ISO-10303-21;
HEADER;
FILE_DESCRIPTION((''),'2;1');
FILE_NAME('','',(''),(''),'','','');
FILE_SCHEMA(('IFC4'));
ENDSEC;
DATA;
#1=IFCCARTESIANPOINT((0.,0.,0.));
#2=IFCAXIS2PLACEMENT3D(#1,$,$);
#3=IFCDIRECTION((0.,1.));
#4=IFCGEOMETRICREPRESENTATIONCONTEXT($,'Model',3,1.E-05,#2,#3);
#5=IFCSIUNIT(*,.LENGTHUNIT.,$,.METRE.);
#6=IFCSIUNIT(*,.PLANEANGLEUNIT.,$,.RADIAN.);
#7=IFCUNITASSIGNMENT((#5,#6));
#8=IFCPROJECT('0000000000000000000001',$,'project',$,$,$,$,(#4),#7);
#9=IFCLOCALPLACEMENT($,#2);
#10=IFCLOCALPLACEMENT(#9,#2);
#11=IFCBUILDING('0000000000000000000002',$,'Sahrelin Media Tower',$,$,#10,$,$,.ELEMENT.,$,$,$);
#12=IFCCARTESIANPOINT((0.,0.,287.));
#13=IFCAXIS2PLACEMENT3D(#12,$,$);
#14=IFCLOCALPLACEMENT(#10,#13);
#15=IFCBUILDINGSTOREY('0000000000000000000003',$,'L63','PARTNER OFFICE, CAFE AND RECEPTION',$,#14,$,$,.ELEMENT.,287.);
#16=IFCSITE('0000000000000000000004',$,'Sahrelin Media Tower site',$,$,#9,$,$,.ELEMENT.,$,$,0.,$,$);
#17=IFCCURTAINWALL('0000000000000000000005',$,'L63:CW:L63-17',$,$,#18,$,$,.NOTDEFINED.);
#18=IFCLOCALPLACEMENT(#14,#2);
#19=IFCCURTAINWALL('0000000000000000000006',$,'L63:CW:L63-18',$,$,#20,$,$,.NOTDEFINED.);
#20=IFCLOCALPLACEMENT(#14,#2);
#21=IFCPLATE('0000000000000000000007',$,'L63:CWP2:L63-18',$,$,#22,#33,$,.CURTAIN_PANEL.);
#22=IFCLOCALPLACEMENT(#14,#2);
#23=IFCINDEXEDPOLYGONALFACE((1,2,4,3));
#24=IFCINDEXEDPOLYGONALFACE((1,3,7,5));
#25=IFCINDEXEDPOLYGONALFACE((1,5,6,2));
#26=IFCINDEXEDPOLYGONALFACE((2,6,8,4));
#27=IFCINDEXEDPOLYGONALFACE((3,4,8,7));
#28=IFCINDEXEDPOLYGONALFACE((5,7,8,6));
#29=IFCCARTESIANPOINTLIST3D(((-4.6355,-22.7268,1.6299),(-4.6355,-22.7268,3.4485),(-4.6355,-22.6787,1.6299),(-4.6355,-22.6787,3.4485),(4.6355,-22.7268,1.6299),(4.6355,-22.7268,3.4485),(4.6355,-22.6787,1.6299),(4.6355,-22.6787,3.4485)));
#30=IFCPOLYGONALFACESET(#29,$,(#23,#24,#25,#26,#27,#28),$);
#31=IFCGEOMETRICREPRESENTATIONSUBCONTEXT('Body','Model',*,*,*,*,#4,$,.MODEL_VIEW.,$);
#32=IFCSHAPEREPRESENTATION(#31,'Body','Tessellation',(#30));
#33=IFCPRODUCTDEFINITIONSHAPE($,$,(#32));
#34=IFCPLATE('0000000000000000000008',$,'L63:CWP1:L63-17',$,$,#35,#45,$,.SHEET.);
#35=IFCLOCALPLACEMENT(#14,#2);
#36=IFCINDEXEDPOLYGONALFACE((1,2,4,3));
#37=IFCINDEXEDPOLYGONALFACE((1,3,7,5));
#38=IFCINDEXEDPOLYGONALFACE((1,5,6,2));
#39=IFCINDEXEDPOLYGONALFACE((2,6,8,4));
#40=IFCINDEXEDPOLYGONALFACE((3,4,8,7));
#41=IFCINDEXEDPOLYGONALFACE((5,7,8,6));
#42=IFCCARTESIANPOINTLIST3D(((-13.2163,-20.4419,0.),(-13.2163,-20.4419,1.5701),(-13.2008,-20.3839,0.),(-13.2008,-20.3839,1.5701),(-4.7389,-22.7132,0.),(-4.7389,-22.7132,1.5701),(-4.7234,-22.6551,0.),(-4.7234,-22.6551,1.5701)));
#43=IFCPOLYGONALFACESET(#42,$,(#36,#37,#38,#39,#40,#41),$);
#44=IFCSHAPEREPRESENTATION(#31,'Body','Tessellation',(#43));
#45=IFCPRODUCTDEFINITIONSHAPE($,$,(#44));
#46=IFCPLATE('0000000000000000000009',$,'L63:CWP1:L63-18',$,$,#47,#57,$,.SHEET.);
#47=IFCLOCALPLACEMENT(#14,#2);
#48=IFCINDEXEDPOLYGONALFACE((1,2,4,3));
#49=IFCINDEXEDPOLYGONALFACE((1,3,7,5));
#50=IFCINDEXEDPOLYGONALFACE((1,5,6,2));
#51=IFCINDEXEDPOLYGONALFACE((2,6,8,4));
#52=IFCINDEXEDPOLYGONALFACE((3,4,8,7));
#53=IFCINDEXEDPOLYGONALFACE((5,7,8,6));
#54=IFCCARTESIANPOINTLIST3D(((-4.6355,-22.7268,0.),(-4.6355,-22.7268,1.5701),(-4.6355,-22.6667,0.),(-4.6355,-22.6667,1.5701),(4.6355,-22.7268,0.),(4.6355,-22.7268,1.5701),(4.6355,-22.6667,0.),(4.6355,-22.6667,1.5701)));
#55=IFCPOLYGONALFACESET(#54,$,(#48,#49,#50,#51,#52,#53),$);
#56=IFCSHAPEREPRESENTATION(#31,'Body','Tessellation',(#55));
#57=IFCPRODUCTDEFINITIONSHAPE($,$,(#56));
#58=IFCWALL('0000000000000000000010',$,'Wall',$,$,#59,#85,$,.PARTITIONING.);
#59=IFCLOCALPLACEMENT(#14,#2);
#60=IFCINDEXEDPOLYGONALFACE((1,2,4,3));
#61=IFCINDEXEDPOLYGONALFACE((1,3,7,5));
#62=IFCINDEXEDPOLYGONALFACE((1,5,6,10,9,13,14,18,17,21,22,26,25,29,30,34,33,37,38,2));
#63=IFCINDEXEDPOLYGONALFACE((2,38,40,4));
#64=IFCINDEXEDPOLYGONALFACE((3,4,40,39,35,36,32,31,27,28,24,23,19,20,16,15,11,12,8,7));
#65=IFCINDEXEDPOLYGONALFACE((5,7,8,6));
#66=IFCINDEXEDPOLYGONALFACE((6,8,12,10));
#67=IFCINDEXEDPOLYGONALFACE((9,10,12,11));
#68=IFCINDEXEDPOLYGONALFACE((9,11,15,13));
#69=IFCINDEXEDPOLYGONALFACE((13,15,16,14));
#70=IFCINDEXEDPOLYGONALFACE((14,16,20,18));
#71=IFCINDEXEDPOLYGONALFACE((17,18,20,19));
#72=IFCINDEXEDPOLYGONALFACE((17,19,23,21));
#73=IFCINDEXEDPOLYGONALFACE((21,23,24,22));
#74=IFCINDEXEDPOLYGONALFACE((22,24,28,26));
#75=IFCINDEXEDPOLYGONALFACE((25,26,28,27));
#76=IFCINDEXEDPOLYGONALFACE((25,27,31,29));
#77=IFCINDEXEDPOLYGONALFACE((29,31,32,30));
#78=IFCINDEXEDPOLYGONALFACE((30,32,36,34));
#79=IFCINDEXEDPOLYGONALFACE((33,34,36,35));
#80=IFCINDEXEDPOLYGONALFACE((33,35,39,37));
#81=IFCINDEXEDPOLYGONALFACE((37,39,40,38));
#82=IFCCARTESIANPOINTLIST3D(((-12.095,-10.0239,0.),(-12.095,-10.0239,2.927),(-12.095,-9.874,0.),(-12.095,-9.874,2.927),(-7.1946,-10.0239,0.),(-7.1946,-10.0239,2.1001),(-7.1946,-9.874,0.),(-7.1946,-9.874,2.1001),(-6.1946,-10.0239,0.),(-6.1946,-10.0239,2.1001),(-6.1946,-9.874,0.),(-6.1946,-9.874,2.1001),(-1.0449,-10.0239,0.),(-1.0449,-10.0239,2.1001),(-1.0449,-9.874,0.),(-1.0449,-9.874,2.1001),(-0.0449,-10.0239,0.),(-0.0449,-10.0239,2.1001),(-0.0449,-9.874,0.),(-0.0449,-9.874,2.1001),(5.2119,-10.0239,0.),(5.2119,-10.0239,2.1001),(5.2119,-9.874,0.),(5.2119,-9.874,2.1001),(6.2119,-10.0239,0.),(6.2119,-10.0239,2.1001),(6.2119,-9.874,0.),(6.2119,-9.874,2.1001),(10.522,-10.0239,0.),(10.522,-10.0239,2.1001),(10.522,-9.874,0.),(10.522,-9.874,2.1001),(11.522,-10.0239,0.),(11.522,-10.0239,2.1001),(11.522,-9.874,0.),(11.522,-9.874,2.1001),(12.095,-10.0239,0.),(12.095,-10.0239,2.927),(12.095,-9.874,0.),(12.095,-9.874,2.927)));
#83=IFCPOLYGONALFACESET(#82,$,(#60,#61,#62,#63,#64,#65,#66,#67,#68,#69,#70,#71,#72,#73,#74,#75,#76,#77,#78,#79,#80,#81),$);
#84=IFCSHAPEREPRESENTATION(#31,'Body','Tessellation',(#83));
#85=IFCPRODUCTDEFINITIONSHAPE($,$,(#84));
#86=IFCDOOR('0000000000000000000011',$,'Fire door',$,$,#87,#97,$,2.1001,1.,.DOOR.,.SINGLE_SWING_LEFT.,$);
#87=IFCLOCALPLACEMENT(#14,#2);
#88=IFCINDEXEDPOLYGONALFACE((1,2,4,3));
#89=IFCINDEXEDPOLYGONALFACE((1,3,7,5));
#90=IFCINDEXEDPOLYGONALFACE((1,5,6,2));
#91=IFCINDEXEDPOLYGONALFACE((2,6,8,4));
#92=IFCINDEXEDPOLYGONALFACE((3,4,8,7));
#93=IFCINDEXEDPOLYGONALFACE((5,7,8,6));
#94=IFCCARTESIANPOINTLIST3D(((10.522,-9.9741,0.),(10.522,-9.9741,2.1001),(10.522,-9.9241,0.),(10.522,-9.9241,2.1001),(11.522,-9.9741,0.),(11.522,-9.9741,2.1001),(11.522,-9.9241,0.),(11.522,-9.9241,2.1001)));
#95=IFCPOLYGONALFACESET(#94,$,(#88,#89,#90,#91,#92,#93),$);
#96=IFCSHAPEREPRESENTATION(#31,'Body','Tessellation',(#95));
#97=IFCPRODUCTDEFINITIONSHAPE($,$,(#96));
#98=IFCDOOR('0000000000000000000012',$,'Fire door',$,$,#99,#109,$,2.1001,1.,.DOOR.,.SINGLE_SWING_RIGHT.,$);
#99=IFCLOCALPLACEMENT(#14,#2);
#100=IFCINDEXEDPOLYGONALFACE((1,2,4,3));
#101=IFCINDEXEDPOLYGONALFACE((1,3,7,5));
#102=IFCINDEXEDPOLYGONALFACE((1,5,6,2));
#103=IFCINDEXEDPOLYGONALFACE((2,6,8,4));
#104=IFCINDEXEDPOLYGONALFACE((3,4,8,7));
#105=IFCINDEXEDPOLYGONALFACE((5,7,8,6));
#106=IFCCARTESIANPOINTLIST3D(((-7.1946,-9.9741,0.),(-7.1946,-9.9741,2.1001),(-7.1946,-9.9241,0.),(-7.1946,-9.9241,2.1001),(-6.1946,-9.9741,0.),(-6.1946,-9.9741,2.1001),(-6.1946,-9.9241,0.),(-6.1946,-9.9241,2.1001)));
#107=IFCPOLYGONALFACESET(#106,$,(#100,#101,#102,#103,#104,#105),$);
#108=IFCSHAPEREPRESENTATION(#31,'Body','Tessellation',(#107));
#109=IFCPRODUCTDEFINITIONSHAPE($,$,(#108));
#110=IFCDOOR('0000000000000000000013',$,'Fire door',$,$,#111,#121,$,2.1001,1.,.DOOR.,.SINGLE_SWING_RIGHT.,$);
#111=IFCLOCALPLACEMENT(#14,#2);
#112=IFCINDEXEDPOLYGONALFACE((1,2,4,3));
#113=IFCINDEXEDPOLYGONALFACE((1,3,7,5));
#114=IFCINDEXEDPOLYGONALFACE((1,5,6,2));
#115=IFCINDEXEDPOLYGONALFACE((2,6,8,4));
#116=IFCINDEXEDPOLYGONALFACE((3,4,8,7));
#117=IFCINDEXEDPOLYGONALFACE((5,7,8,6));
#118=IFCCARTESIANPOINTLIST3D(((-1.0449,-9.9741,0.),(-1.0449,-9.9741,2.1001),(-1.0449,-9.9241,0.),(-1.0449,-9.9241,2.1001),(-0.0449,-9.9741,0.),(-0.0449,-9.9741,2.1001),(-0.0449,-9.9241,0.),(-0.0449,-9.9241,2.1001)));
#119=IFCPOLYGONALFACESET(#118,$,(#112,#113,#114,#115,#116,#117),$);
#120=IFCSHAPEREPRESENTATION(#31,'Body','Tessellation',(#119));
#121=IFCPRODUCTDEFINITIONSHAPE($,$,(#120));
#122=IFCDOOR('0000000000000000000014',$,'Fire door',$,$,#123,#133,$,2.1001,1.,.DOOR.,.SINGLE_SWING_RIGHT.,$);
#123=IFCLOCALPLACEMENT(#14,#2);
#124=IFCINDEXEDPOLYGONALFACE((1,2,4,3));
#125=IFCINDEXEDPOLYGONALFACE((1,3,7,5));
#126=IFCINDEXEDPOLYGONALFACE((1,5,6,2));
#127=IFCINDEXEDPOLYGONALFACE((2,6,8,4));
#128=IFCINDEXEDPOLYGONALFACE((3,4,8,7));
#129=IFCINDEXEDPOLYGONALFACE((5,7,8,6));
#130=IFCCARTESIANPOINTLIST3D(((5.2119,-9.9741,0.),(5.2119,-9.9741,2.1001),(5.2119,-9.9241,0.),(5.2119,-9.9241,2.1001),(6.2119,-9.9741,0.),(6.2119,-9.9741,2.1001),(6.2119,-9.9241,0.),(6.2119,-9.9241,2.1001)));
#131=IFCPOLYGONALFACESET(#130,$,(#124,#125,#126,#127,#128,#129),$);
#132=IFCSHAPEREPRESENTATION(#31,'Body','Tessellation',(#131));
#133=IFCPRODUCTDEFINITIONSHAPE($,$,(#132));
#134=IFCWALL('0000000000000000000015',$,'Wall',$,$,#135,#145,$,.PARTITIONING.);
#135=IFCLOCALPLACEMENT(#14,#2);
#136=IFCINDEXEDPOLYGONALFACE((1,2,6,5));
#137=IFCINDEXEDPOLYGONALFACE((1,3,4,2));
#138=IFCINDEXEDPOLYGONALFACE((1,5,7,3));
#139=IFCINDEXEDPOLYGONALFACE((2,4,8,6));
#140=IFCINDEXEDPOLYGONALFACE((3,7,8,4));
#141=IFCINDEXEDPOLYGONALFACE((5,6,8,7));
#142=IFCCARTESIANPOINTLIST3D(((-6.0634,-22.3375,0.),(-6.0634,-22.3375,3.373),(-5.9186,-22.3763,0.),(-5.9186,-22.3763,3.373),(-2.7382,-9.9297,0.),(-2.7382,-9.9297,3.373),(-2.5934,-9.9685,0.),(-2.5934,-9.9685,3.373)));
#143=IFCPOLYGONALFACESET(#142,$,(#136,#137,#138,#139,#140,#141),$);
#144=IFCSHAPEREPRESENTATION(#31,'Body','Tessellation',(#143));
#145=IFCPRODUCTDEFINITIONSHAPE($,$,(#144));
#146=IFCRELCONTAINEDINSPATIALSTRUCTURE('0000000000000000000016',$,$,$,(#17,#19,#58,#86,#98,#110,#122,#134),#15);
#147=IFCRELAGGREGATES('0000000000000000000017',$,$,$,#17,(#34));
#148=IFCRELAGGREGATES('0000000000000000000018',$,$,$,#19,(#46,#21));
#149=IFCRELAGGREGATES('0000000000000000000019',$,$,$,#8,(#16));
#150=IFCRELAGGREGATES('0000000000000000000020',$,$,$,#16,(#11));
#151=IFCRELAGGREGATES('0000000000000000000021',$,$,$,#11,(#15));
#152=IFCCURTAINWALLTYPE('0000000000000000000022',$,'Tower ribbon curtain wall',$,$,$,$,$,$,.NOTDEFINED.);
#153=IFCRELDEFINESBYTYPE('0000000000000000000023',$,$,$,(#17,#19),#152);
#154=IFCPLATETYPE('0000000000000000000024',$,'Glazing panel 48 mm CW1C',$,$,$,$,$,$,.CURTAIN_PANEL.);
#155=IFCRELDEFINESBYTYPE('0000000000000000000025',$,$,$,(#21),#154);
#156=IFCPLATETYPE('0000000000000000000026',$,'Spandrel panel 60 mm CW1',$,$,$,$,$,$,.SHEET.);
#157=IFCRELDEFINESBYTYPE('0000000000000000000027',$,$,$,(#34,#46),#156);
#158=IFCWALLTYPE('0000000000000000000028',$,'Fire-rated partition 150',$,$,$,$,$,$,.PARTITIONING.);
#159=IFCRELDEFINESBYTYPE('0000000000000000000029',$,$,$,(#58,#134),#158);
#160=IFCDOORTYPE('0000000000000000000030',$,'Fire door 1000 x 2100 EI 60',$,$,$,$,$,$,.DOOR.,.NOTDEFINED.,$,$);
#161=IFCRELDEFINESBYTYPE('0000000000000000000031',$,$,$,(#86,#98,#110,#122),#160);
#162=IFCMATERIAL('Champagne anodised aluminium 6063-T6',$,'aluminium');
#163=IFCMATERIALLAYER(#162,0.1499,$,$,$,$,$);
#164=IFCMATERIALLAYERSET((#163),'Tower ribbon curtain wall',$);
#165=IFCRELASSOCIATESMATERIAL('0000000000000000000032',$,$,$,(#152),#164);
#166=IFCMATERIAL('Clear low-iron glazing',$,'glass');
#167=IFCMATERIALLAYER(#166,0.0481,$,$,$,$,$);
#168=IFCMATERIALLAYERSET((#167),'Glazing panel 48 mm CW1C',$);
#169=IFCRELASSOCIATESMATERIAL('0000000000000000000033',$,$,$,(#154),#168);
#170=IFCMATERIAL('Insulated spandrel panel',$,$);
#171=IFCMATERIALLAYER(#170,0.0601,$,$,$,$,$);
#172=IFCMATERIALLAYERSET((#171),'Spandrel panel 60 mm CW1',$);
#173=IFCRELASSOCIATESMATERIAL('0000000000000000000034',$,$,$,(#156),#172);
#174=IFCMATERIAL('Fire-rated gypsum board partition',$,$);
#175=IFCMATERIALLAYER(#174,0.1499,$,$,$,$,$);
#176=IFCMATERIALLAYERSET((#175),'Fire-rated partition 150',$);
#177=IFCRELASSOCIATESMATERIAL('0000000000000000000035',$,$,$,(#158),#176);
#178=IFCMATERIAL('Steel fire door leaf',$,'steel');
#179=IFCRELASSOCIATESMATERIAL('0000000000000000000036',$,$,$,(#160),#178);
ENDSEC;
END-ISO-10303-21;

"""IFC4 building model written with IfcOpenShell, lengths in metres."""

from ifc_helpers import new_model, si_unit, direction, frame, frame_2d, origin, place, context, subcontext, project, spatial, polyline, rectangle, outline, extrude, material, layer, layer_set, type_object, element, fill, aggregate, save


model = new_model("IFC4")

# Units and contexts
model_context = context("Model", 3, precision=1e-05, world=origin(), true_north=direction((0.0, 1.0)))
body_context = subcontext(model_context, "Body", "Model", "MODEL_VIEW")
ifc_project = project(units=[si_unit("LENGTHUNIT", "METRE"), si_unit("PLANEANGLEUNIT", "RADIAN")], contexts=[model_context])

# Site, building, storey
site_placement = place(None, origin())
site = spatial("IfcSite", under=ifc_project, at=site_placement, Name="Sahrelin Media Tower site", CompositionType="ELEMENT", RefElevation=0.0)
building_placement = place(site_placement, origin())
building = spatial("IfcBuilding", under=site, at=building_placement, Name="Sahrelin Media Tower", CompositionType="ELEMENT")
storey_placement = place(building_placement, frame((0.0, 0.0, 287.0)))
storey = spatial("IfcBuildingStorey", under=building, at=storey_placement, Name="L63", Description="PARTNER OFFICE, CAFE AND RECEPTION", CompositionType="ELEMENT", Elevation=287.0)

# Curtain wall
ifc_material_1 = material(Name="Champagne anodised aluminium 6063-T6", Category="aluminium")
ifc_layer_1 = layer(ifc_material_1, 0.1499)
ifc_layer_set_1 = layer_set([ifc_layer_1], Name="Tower ribbon curtain wall")
curtain_wall_type = type_object("IfcCurtainWallType", Name="Tower ribbon curtain wall", PredefinedType="NOTDEFINED", material=ifc_layer_set_1)
curtain_wall_1_placement = place(storey_placement, frame((-8.9724, -21.5581, 0.0), z_axis=(0.0, 0.0, 1.0), x_axis=(1.0, 0.0, 0.0)))
curtain_wall_1 = element("IfcCurtainWall", 1, at=curtain_wall_1_placement, inside=storey, type_object=curtain_wall_type, Name="L63:CW:L63-17", PredefinedType="NOTDEFINED")

# Curtain wall
curtain_wall_2_placement = place(storey_placement, frame((0.0, -22.7068, 0.0), z_axis=(0.0, 0.0, 1.0), x_axis=(1.0, 0.0, 0.0)))
curtain_wall_2 = element("IfcCurtainWall", 2, at=curtain_wall_2_placement, inside=storey, type_object=curtain_wall_type, Name="L63:CW:L63-18", PredefinedType="NOTDEFINED")

# Plates
ifc_material_2 = material(Name="Clear low-iron glazing", Category="glass")
ifc_layer_2 = layer(ifc_material_2, 0.0481)
ifc_layer_set_2 = layer_set([ifc_layer_2], Name="Glazing panel 48 mm CW1C")
plate_type_1 = type_object("IfcPlateType", Name="Glazing panel 48 mm CW1C", PredefinedType="CURTAIN_PANEL", material=ifc_layer_set_2)
plate_1_placement = place(storey_placement, frame((-4.6355, -22.7268, 1.6299), z_axis=(0.0, -1.0, 0.0), x_axis=(1.0, 0.0, 0.0)))
plate_1 = element("IfcPlate", 3, at=plate_1_placement, type_object=plate_type_1, Name="L63:CWP2:L63-18", PredefinedType="CURTAIN_PANEL", context=body_context, shape_type="SweptSolid", body=[
    extrude(outline(polyline([(0.0, 0.0), (9.271, 0.0), (9.271, 1.8186), (0.0, 1.8186), (0.0, 0.0)])), origin(), (0.0, 0.0, -1.0), 0.0481),
])
ifc_material_3 = material(Name="Insulated spandrel panel")
ifc_layer_3 = layer(ifc_material_3, 0.0601)
ifc_layer_set_3 = layer_set([ifc_layer_3], Name="Spandrel panel 60 mm CW1")
plate_type_2 = type_object("IfcPlateType", Name="Spandrel panel 60 mm CW1", PredefinedType="SHEET", material=ifc_layer_set_3)
plate_2_placement = place(storey_placement, frame((-13.2163, -20.4419, 0.0), z_axis=(-0.258793, -0.965933, 0.0), x_axis=(0.965933, -0.258793, 0.0)))
plate_2 = element("IfcPlate", 4, at=plate_2_placement, type_object=plate_type_2, Name="L63:CWP1:L63-17", PredefinedType="SHEET", context=body_context, shape_type="SweptSolid", body=[
    extrude(outline(polyline([(0.0, 0.0), (8.7764, 0.0), (8.7764, 1.5701), (0.0, 1.5701), (0.0, 0.0)])), origin(), (0.0, 0.0, -1.0), 0.0601),
])
aggregate(curtain_wall_1, [plate_2])
plate_3_placement = place(storey_placement, frame((-4.6355, -22.7268, 0.0), z_axis=(0.0, -1.0, 0.0), x_axis=(1.0, 0.0, 0.0)))
plate_3 = element("IfcPlate", 5, at=plate_3_placement, type_object=plate_type_2, Name="L63:CWP1:L63-18", PredefinedType="SHEET", context=body_context, shape_type="SweptSolid", body=[
    extrude(outline(polyline([(0.0, 0.0), (9.271, 0.0), (9.271, 1.5701), (0.0, 1.5701), (0.0, 0.0)])), origin(), (0.0, 0.0, -1.0), 0.0601),
])
aggregate(curtain_wall_2, [plate_3, plate_1])

# Wall, openings, doors
ifc_material_4 = material(Name="Fire-rated gypsum board partition")
ifc_layer_4 = layer(ifc_material_4, 0.1499)
ifc_layer_set_4 = layer_set([ifc_layer_4], Name="Fire-rated partition 150")
wall_type_1 = type_object("IfcWallType", Name="Fire-rated partition 150", PredefinedType="PARTITIONING", material=ifc_layer_set_4)
wall_1_placement = place(storey_placement, frame((-12.095, -9.949, 0.0), z_axis=(0.0, 0.0, 1.0), x_axis=(1.0, 0.0, 0.0)))
wall_1 = element("IfcWall", 6, at=wall_1_placement, inside=storey, type_object=wall_type_1, Name="Wall", PredefinedType="PARTITIONING", context=body_context, shape_type="SweptSolid", body=[
    extrude(rectangle(XDim=24.1899, YDim=0.1499, at=frame_2d((12.095, 0.0))), origin(), (0.0, 0.0, 1.0), 2.927),
])
opening_1_placement = place(wall_1_placement, frame((22.6169, 0.0, 0.0)))
opening_1 = element("IfcOpeningElement", 7, at=opening_1_placement, cuts=wall_1, PredefinedType="OPENING", context=body_context, shape_type="SweptSolid", body=[
    extrude(rectangle(XDim=1.0, YDim=2.1001, at=frame_2d((0.5, 1.05))), frame((0.0, 0.075, 0.0), z_axis=(0.0, -1.0, 0.0), x_axis=(1.0, 0.0, 0.0)), (0.0, 0.0, 1.0), 0.1499),
])
opening_2_placement = place(wall_1_placement, frame((4.9004, 0.0, 0.0)))
opening_2 = element("IfcOpeningElement", 8, at=opening_2_placement, cuts=wall_1, PredefinedType="OPENING", context=body_context, shape_type="SweptSolid", body=[
    extrude(rectangle(XDim=1.0, YDim=2.1001, at=frame_2d((0.5, 1.05))), frame((0.0, 0.075, 0.0), z_axis=(0.0, -1.0, 0.0), x_axis=(1.0, 0.0, 0.0)), (0.0, 0.0, 1.0), 0.1499),
])
opening_3_placement = place(wall_1_placement, frame((11.05, 0.0, 0.0)))
opening_3 = element("IfcOpeningElement", 9, at=opening_3_placement, cuts=wall_1, PredefinedType="OPENING", context=body_context, shape_type="SweptSolid", body=[
    extrude(rectangle(XDim=1.0, YDim=2.1001, at=frame_2d((0.5, 1.05))), frame((0.0, 0.075, 0.0), z_axis=(0.0, -1.0, 0.0), x_axis=(1.0, 0.0, 0.0)), (0.0, 0.0, 1.0), 0.1499),
])
opening_4_placement = place(wall_1_placement, frame((17.3069, 0.0, 0.0)))
opening_4 = element("IfcOpeningElement", 10, at=opening_4_placement, cuts=wall_1, PredefinedType="OPENING", context=body_context, shape_type="SweptSolid", body=[
    extrude(rectangle(XDim=1.0, YDim=2.1001, at=frame_2d((0.5, 1.05))), frame((0.0, 0.075, 0.0), z_axis=(0.0, -1.0, 0.0), x_axis=(1.0, 0.0, 0.0)), (0.0, 0.0, 1.0), 0.1499),
])
ifc_material_5 = material(Name="Steel fire door leaf", Category="steel")
door_type_1 = type_object("IfcDoorType", Name="Fire door 1000 x 2100 EI 60", OperationType="NOTDEFINED", PredefinedType="DOOR", material=ifc_material_5)
door_1_placement = place(opening_1_placement, origin())
door_1 = element("IfcDoor", 11, at=door_1_placement, inside=storey, type_object=door_type_1, Name="Fire door", OperationType="SINGLE_SWING_LEFT", OverallHeight=2.1001, OverallWidth=1.0, PredefinedType="DOOR", context=body_context, shape_type="SweptSolid", body=[
    extrude(rectangle(XDim=1.0, YDim=2.1001, at=frame_2d((0.5, 1.05))), frame((0.0, 0.0249, 0.0), z_axis=(0.0, -1.0, 0.0), x_axis=(1.0, 0.0, 0.0)), (0.0, 0.0, 1.0), 0.05),
])
fill(opening_1, door_1)
door_2_placement = place(opening_2_placement, origin())
door_2 = element("IfcDoor", 12, at=door_2_placement, inside=storey, type_object=door_type_1, Name="Fire door", OperationType="SINGLE_SWING_RIGHT", OverallHeight=2.1001, OverallWidth=1.0, PredefinedType="DOOR", context=body_context, shape_type="SweptSolid", body=[
    extrude(rectangle(XDim=1.0, YDim=2.1001, at=frame_2d((0.5, 1.05))), frame((0.0, 0.0249, 0.0), z_axis=(0.0, -1.0, 0.0), x_axis=(1.0, 0.0, 0.0)), (0.0, 0.0, 1.0), 0.05),
])
fill(opening_2, door_2)
door_3_placement = place(opening_3_placement, origin())
door_3 = element("IfcDoor", 13, at=door_3_placement, inside=storey, type_object=door_type_1, Name="Fire door", OperationType="SINGLE_SWING_RIGHT", OverallHeight=2.1001, OverallWidth=1.0, PredefinedType="DOOR", context=body_context, shape_type="SweptSolid", body=[
    extrude(rectangle(XDim=1.0, YDim=2.1001, at=frame_2d((0.5, 1.05))), frame((0.0, 0.0249, 0.0), z_axis=(0.0, -1.0, 0.0), x_axis=(1.0, 0.0, 0.0)), (0.0, 0.0, 1.0), 0.05),
])
fill(opening_3, door_3)
door_4_placement = place(opening_4_placement, origin())
door_4 = element("IfcDoor", 14, at=door_4_placement, inside=storey, type_object=door_type_1, Name="Fire door", OperationType="SINGLE_SWING_RIGHT", OverallHeight=2.1001, OverallWidth=1.0, PredefinedType="DOOR", context=body_context, shape_type="SweptSolid", body=[
    extrude(rectangle(XDim=1.0, YDim=2.1001, at=frame_2d((0.5, 1.05))), frame((0.0, 0.0249, 0.0), z_axis=(0.0, -1.0, 0.0), x_axis=(1.0, 0.0, 0.0)), (0.0, 0.0, 1.0), 0.05),
])
fill(opening_4, door_4)

# Wall
wall_2_placement = place(storey_placement, frame((-5.991, -22.3569, 0.0), z_axis=(0.0, 0.0, 1.0), x_axis=(0.258855, 0.965916, 0.0)))
element("IfcWall", 15, at=wall_2_placement, inside=storey, type_object=wall_type_1, Name="Wall", PredefinedType="PARTITIONING", context=body_context, shape_type="SweptSolid", body=[
    extrude(rectangle(XDim=12.8457, YDim=0.1499, at=frame_2d((6.4229, 0.0))), origin(), (0.0, 0.0, 1.0), 3.373),
])

save(model, "model.ifc")
